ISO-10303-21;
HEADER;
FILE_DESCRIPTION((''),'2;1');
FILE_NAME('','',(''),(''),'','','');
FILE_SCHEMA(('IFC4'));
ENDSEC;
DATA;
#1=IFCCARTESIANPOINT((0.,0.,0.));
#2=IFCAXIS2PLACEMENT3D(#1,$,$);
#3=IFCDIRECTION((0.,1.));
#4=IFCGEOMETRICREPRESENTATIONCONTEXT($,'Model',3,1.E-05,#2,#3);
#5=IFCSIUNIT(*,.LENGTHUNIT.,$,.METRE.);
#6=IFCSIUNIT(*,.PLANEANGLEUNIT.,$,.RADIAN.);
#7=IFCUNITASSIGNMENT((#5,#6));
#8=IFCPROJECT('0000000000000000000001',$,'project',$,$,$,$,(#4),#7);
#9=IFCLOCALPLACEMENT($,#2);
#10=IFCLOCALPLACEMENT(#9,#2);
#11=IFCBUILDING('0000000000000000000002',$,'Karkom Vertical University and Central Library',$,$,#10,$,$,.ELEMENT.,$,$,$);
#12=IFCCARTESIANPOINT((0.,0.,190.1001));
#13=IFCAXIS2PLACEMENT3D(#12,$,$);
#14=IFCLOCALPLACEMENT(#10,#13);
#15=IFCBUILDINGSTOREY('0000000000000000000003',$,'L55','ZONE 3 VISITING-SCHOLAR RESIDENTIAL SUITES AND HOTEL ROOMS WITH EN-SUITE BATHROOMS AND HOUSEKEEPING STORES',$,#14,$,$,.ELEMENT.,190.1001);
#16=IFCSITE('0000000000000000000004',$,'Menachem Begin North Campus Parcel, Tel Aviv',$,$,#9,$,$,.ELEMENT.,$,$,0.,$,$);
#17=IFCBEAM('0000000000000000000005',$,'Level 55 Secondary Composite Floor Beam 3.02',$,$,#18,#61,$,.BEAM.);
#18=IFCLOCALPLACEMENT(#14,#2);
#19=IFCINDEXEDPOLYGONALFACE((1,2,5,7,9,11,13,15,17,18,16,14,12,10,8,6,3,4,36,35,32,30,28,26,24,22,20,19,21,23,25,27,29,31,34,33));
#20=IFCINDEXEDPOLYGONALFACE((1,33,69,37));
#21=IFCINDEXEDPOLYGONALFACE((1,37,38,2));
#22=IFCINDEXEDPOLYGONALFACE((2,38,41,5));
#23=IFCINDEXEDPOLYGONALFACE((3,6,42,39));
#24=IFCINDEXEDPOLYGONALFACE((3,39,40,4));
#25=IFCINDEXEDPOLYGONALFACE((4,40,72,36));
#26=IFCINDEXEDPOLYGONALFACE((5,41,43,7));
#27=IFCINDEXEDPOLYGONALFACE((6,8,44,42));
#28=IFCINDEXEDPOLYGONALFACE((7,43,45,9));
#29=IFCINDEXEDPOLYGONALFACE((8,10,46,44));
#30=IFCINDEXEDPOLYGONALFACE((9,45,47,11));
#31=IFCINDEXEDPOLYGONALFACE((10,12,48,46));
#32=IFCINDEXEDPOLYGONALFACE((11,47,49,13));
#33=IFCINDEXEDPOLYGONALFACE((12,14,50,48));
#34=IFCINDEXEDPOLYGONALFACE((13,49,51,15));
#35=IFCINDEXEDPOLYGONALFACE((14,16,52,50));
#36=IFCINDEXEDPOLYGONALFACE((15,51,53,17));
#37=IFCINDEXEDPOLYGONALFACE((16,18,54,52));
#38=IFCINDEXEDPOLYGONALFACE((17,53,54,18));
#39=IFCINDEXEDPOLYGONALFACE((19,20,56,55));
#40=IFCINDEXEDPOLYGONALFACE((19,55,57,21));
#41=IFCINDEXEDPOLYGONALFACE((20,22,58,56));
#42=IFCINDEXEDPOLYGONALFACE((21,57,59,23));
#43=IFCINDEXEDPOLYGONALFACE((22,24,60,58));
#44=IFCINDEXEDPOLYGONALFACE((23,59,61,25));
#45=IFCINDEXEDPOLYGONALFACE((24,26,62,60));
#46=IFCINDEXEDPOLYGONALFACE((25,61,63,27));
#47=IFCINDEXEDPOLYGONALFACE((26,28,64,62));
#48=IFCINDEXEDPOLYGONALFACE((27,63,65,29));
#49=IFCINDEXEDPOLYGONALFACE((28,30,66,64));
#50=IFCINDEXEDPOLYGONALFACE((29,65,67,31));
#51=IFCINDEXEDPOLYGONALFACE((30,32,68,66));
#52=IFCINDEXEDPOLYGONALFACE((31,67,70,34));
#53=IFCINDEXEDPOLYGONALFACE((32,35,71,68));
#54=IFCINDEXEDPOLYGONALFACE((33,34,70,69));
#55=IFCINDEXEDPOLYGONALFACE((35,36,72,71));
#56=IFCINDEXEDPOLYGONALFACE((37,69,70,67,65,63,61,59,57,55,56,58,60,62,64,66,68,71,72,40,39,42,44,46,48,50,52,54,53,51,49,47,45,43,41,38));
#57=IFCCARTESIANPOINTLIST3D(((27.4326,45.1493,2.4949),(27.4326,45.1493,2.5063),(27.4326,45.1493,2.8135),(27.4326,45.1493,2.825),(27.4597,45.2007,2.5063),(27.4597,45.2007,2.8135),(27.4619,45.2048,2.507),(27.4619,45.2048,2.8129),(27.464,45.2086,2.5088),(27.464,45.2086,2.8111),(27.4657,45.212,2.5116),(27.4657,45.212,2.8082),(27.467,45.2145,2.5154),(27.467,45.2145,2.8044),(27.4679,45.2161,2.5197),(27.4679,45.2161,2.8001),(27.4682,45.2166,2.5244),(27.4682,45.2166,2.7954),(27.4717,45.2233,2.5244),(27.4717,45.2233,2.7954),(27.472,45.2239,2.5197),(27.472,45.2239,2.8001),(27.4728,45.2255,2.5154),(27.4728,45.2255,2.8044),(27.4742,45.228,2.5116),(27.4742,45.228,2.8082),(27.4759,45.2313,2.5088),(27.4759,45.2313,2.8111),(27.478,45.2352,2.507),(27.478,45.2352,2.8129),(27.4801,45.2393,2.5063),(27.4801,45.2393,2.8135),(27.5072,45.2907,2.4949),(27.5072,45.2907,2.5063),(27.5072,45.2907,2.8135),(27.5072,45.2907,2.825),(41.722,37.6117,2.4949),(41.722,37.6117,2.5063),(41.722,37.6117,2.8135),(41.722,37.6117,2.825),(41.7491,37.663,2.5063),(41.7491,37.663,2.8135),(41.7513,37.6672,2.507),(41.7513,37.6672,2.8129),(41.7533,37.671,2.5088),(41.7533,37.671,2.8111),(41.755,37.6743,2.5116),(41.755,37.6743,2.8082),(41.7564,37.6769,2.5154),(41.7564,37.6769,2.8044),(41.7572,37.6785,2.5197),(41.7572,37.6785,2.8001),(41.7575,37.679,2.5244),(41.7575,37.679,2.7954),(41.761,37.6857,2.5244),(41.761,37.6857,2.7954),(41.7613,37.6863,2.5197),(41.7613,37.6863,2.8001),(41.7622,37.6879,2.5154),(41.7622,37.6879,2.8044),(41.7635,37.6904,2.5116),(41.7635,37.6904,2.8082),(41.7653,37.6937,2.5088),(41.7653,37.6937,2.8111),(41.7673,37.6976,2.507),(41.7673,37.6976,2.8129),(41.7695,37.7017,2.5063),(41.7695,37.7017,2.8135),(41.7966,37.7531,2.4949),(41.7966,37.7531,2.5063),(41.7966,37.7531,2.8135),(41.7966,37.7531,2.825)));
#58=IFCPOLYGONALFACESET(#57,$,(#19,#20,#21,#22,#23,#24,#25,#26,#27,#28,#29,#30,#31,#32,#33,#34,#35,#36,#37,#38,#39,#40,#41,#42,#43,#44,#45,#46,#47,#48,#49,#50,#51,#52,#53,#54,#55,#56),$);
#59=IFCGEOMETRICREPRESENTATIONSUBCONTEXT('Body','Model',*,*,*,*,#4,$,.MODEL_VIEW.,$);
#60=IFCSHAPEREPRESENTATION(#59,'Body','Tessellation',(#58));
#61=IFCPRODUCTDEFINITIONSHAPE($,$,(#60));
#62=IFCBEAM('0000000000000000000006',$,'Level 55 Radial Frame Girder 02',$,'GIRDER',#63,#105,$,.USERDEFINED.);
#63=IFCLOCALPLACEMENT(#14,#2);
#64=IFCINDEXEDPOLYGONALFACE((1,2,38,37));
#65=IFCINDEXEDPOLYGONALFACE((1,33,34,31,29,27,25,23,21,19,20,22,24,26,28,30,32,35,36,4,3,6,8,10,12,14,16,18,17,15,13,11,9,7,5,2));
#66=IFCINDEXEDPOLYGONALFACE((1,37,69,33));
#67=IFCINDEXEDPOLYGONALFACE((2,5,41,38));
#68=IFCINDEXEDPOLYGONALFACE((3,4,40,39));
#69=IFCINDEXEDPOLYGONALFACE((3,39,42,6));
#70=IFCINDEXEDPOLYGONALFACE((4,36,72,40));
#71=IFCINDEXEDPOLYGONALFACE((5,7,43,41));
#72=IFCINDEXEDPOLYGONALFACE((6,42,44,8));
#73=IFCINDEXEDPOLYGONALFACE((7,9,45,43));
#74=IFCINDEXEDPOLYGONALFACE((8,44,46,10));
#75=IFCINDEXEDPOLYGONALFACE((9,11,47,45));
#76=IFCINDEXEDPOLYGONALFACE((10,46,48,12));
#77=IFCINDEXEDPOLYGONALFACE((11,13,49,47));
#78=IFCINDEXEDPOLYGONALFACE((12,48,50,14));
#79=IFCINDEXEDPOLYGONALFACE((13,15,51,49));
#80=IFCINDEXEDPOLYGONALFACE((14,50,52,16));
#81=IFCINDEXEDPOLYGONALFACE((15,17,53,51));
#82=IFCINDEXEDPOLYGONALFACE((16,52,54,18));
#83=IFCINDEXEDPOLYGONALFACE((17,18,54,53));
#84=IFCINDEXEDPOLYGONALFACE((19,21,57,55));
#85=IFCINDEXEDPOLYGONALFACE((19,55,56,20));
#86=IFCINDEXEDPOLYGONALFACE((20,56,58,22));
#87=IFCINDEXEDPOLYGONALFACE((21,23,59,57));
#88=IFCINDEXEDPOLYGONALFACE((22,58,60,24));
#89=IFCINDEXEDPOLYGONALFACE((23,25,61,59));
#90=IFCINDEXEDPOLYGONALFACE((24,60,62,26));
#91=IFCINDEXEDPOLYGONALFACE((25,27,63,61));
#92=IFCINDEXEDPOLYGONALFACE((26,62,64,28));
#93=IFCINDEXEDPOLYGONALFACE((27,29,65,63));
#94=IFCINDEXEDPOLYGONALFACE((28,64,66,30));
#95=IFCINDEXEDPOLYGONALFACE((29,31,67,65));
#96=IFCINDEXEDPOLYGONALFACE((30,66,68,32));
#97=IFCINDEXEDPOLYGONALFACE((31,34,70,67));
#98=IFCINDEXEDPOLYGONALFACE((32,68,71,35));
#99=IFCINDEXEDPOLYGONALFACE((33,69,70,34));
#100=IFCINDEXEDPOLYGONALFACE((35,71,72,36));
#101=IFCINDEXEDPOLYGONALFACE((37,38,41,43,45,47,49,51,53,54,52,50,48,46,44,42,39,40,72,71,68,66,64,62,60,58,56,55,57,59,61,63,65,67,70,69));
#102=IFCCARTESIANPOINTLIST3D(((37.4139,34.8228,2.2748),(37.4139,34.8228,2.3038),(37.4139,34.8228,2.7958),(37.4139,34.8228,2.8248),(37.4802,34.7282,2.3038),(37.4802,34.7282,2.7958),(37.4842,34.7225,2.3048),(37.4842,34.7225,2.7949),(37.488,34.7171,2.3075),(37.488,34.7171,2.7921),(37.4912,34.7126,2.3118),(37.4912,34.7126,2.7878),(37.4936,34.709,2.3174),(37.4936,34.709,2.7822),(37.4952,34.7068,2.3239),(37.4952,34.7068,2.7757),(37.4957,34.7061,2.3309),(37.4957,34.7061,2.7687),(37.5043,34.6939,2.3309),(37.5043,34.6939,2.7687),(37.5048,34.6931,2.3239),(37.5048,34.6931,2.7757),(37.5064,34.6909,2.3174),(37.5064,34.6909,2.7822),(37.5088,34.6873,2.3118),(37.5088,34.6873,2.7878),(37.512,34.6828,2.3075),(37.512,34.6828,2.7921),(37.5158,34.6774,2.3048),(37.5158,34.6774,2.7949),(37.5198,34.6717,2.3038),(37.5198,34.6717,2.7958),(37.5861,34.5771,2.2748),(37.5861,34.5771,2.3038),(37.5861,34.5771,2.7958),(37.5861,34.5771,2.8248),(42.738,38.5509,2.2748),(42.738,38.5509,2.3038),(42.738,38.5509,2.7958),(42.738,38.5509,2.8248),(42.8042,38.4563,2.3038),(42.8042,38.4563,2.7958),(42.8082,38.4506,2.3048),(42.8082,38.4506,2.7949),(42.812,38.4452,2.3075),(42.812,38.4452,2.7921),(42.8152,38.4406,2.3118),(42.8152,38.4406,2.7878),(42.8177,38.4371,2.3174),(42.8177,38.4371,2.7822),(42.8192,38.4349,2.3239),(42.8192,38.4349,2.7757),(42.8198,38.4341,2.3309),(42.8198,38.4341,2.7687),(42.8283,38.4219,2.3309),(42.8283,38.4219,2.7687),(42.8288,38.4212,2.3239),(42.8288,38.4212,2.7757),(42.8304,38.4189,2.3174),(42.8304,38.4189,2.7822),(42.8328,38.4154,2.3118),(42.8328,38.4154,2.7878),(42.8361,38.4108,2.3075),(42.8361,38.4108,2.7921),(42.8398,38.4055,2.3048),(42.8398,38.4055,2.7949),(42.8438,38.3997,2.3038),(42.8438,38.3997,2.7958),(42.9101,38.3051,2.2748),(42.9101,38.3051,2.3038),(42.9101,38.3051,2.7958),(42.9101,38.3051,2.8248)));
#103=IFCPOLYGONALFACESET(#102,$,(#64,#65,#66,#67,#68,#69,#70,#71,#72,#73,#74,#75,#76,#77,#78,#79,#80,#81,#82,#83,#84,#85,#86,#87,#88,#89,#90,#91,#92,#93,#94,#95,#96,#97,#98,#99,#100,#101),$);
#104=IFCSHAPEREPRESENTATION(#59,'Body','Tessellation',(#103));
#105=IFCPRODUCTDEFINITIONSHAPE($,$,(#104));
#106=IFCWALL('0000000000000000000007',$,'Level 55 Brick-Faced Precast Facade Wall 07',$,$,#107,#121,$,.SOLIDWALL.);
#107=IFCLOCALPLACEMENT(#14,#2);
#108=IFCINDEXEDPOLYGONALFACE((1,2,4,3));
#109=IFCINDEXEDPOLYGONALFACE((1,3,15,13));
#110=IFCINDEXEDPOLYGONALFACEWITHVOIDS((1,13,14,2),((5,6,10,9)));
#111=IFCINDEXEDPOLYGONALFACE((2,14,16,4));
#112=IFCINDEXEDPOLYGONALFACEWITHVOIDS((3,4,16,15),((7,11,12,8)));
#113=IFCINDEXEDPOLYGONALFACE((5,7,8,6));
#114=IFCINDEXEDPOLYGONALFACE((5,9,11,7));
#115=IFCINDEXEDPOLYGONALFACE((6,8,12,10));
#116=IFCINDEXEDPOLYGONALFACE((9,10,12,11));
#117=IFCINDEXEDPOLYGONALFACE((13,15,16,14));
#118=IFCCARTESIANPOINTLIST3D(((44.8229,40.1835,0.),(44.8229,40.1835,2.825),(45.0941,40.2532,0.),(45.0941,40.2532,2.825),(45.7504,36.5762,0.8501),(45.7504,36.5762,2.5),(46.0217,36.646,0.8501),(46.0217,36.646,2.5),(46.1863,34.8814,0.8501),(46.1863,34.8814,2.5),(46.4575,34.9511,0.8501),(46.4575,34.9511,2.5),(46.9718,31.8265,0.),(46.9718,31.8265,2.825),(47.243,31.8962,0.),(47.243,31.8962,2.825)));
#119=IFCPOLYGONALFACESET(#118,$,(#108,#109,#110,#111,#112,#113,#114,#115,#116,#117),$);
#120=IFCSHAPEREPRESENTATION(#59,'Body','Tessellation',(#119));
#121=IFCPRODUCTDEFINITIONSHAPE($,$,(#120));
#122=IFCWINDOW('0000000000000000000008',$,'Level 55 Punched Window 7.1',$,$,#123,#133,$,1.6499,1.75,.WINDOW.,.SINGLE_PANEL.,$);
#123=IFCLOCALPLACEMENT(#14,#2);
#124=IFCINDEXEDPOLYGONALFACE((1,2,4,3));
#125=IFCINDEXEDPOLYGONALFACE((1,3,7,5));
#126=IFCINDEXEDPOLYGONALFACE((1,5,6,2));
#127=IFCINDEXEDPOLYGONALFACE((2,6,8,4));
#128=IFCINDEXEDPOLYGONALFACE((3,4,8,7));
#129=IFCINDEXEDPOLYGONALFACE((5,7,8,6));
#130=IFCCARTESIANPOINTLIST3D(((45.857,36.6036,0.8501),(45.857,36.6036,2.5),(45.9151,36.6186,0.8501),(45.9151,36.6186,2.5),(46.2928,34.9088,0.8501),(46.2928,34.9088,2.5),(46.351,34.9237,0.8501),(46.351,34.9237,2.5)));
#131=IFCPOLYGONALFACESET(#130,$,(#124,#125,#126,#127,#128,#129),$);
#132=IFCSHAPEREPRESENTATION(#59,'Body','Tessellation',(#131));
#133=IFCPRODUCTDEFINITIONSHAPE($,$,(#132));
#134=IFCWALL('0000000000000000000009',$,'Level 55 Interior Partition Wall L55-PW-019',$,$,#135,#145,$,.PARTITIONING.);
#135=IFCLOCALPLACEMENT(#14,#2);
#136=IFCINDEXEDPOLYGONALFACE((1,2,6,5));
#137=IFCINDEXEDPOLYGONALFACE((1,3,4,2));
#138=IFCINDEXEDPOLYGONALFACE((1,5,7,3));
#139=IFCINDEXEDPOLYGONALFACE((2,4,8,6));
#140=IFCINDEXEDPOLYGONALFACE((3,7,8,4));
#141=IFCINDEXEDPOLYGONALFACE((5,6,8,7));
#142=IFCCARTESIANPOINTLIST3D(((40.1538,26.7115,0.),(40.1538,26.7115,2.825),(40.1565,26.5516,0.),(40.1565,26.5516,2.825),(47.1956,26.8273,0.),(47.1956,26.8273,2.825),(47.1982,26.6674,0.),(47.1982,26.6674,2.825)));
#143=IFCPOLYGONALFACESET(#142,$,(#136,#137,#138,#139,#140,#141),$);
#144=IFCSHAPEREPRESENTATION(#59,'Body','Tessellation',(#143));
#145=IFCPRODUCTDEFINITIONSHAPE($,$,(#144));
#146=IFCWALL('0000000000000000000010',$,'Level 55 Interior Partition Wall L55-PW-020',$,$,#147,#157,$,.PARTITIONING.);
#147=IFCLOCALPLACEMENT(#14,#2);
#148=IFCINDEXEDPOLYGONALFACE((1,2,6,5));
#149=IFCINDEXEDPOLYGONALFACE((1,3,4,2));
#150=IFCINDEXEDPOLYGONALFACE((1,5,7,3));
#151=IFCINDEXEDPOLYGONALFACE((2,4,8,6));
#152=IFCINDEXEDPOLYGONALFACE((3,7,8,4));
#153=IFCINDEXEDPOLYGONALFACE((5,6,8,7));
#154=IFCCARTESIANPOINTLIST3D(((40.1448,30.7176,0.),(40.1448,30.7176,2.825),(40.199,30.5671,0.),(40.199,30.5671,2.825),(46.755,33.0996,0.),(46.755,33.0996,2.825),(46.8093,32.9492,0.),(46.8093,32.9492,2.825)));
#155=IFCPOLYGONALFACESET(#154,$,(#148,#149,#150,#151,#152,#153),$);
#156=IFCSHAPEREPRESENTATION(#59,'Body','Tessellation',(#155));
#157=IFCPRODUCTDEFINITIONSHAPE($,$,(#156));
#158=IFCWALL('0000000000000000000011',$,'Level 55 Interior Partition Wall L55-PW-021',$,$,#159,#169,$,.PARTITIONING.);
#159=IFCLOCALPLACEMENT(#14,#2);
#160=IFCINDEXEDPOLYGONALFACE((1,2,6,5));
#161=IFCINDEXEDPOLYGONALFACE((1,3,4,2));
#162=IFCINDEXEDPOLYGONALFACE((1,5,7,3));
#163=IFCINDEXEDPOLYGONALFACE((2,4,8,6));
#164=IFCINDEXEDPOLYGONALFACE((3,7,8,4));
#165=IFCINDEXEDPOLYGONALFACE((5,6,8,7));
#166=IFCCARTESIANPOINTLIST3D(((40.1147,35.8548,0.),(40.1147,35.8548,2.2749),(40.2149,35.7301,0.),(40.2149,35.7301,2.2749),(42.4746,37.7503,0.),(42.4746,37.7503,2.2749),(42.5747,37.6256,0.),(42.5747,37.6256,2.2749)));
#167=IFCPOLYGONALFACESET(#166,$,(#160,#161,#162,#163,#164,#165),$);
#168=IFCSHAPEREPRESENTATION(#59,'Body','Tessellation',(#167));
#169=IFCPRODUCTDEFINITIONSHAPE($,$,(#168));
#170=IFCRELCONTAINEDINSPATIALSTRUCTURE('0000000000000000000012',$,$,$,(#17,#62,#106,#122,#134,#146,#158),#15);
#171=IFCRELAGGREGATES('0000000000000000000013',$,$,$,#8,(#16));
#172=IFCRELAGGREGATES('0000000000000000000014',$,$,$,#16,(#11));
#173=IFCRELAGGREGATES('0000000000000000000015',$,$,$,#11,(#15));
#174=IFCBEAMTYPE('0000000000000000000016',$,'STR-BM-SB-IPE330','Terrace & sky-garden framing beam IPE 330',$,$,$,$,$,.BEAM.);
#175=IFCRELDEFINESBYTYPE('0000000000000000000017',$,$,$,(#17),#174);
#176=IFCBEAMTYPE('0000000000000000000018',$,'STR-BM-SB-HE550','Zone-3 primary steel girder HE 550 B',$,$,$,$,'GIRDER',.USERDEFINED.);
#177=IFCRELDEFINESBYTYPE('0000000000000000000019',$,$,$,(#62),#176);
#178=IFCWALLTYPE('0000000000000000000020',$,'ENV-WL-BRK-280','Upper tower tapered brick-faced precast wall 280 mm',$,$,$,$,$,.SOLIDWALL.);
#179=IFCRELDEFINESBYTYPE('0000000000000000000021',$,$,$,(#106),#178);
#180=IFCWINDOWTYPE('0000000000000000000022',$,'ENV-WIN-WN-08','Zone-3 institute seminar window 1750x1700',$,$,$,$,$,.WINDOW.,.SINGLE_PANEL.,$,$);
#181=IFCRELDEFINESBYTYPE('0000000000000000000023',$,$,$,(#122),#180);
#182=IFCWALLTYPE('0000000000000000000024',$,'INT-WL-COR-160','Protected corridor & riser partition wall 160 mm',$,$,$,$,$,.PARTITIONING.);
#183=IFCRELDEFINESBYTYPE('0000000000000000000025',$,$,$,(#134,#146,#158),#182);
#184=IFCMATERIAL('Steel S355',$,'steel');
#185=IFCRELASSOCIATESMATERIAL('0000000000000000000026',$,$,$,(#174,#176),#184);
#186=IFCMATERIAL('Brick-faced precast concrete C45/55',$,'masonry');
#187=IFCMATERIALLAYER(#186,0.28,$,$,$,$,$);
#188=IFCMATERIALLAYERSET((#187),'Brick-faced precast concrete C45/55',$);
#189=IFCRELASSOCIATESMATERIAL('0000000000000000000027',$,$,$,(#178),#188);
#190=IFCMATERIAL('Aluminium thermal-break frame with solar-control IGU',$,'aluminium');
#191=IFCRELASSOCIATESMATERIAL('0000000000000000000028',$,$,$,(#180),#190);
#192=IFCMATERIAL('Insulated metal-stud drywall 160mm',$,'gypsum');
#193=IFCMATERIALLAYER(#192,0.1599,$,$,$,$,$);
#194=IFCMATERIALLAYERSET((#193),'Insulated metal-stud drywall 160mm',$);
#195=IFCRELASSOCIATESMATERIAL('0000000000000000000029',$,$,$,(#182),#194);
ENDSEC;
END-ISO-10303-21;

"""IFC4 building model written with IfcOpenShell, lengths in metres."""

from ifc_helpers import new_model, si_unit, direction, frame, frame_2d, origin, origin_with_axes, origin_2d, place, context, subcontext, project, spatial, rectangle, i_section, extrude, source, transform, mapped, material, layer, layer_set, material_profile, profile_set, type_object, element, fill, save


model = new_model("IFC4")

# Units and contexts
model_context = context("Model", 3, precision=1e-05, world=origin(), true_north=direction((0.0, 1.0)))
body_context = subcontext(model_context, "Body", "Model", "MODEL_VIEW")
ifc_project = project(units=[si_unit("LENGTHUNIT", "METRE"), si_unit("PLANEANGLEUNIT", "RADIAN")], contexts=[model_context])

# Site, building, storey
site_placement = place(None, origin())
site = spatial("IfcSite", under=ifc_project, at=site_placement, Name="Menachem Begin North Campus Parcel, Tel Aviv", CompositionType="ELEMENT", RefElevation=0.0)
building_placement = place(site_placement, origin())
building = spatial("IfcBuilding", under=site, at=building_placement, Name="Karkom Vertical University and Central Library", CompositionType="ELEMENT")
storey_placement = place(building_placement, frame((0.0, 0.0, 190.1001)))
storey = spatial("IfcBuildingStorey", under=building, at=storey_placement, Name="L55", Description="ZONE 3 VISITING-SCHOLAR RESIDENTIAL SUITES AND HOTEL ROOMS WITH EN-SUITE BATHROOMS AND HOUSEKEEPING STORES", CompositionType="ELEMENT", Elevation=190.1001)

# Beams
ifc_material_1 = material(Name="Steel S355", Category="steel")
ifc_material_profile_1 = material_profile(ifc_material_1, i_section(OverallWidth=0.1599, OverallDepth=0.3301, WebThickness=0.0076, FlangeThickness=0.0115, FilletRadius=0.0181, at=origin_2d()), Name="IPE 330")
ifc_profile_set_1 = profile_set([ifc_material_profile_1], Name="Steel S355")
beam_type_1 = type_object("IfcBeamType", Name="STR-BM-SB-IPE330", Description="Terrace & sky-garden framing beam IPE 330", PredefinedType="BEAM", material=ifc_profile_set_1)
shared_shape_1 = source(origin_with_axes(), body_context, "Body", "SweptSolid", [
    extrude(i_section(OverallWidth=0.1599, OverallDepth=0.3301, WebThickness=0.0076, FlangeThickness=0.0115, FilletRadius=0.0181, at=origin_2d()), origin(), (0.0, 0.0, 1.0), 16.1555),
])
beam_1_placement = place(storey_placement, frame((41.7593, 37.6824, 2.6599), z_axis=(-0.884486, 0.466566, 0.0), x_axis=(-0.466566, -0.884486, 0.0)))
element("IfcBeam", 1, at=beam_1_placement, inside=storey, type_object=beam_type_1, Name="Level 55 Secondary Composite Floor Beam 3.02", PredefinedType="BEAM", context=body_context, shape_type="MappedRepresentation", body=[
    mapped(shared_shape_1, transform((0.0, 0.0, 0.0), scale=1.0)),
])
ifc_material_profile_2 = material_profile(ifc_material_1, i_section(OverallWidth=0.3, OverallDepth=0.55, WebThickness=0.0149, FlangeThickness=0.0291, FilletRadius=0.0271, at=origin_2d()), Name="HE 550 B")
ifc_profile_set_2 = profile_set([ifc_material_profile_2], Name="Steel S355")
beam_type_2 = type_object("IfcBeamType", Name="STR-BM-SB-HE550", Description="Zone-3 primary steel girder HE 550 B", ElementType="GIRDER", PredefinedType="USERDEFINED", material=ifc_profile_set_2)
shared_shape_2 = source(origin_with_axes(), body_context, "Body", "SweptSolid", [
    extrude(i_section(OverallWidth=0.3, OverallDepth=0.55, WebThickness=0.0149, FlangeThickness=0.0291, FilletRadius=0.0271, at=origin_2d()), origin(), (0.0, 0.0, 1.0), 6.4995),
])
beam_2_placement = place(storey_placement, frame((37.5, 34.7, 2.5498), z_axis=(0.819142, 0.573591, 0.0), x_axis=(-0.573591, 0.819142, 0.0)))
element("IfcBeam", 2, at=beam_2_placement, inside=storey, type_object=beam_type_2, Name="Level 55 Radial Frame Girder 02", ObjectType="GIRDER", PredefinedType="USERDEFINED", context=body_context, shape_type="MappedRepresentation", body=[
    mapped(shared_shape_2, transform((0.0, 0.0, 0.0), scale=1.0)),
])

# Wall, opening, window
ifc_material_2 = material(Name="Brick-faced precast concrete C45/55", Category="masonry")
ifc_layer_1 = layer(ifc_material_2, 0.28)
ifc_layer_set_1 = layer_set([ifc_layer_1], Name="Brick-faced precast concrete C45/55")
wall_type_1 = type_object("IfcWallType", Name="ENV-WL-BRK-280", Description="Upper tower tapered brick-faced precast wall 280 mm", PredefinedType="SOLIDWALL", material=ifc_layer_set_1)
wall_1_placement = place(storey_placement, frame((47.1074, 31.8613, 0.0), z_axis=(0.0, 0.0, 1.0), x_axis=(-0.249041, 0.968493, 0.0)))
wall_1 = element("IfcWall", 3, at=wall_1_placement, inside=storey, type_object=wall_type_1, Name="Level 55 Brick-Faced Precast Facade Wall 07", PredefinedType="SOLIDWALL", context=body_context, shape_type="SweptSolid", body=[
    extrude(rectangle(XDim=8.6289, YDim=0.28, at=frame_2d((4.3145, 0.0))), origin(), (0.0, 0.0, 1.0), 2.825),
])
opening_1_placement = place(wall_1_placement, frame((3.1543, 0.0, 0.8501)))
opening_1 = element("IfcOpeningElement", 4, at=opening_1_placement, cuts=wall_1, PredefinedType="OPENING", context=body_context, shape_type="SweptSolid", body=[
    extrude(rectangle(XDim=1.75, YDim=1.6499, at=frame_2d((0.875, 0.825))), frame((0.0, 0.1499, 0.0), z_axis=(0.0, -1.0, 0.0), x_axis=(1.0, 0.0, 0.0)), (0.0, 0.0, 1.0), 0.3),
])
ifc_material_3 = material(Name="Aluminium thermal-break frame with solar-control IGU", Category="aluminium")
window_type = type_object("IfcWindowType", Name="ENV-WIN-WN-08", Description="Zone-3 institute seminar window 1750x1700", PartitioningType="SINGLE_PANEL", PredefinedType="WINDOW", material=ifc_material_3)
shared_shape_3 = source(origin_with_axes(), body_context, "Body", "SweptSolid", [
    extrude(rectangle(XDim=1.75, YDim=1.6499, at=frame_2d((0.875, 0.825))), frame((0.0, 0.03, 0.0), z_axis=(0.0, -1.0, 0.0), x_axis=(1.0, 0.0, 0.0)), (0.0, 0.0, 1.0), 0.0601),
])
window_placement = place(opening_1_placement, origin())
window = element("IfcWindow", 5, at=window_placement, inside=storey, type_object=window_type, Name="Level 55 Punched Window 7.1", OverallHeight=1.6499, OverallWidth=1.75, PartitioningType="SINGLE_PANEL", PredefinedType="WINDOW", context=body_context, shape_type="MappedRepresentation", body=[
    mapped(shared_shape_3, transform((0.0, 0.0, 0.0), scale=1.0)),
])
fill(opening_1, window)

# Shared definitions
ifc_material_4 = material(Name="Insulated metal-stud drywall 160mm", Category="gypsum")
ifc_layer_2 = layer(ifc_material_4, 0.1599)
ifc_layer_set_2 = layer_set([ifc_layer_2], Name="Insulated metal-stud drywall 160mm")
wall_type_2 = type_object("IfcWallType", Name="INT-WL-COR-160", Description="Protected corridor & riser partition wall 160 mm", PredefinedType="PARTITIONING", material=ifc_layer_set_2)

# Walls
wall_2_placement = place(storey_placement, frame((40.155, 26.6316, 0.0), z_axis=(0.0, 0.0, 1.0), x_axis=(0.999865, 0.016432, 0.0)))
element("IfcWall", 6, at=wall_2_placement, inside=storey, type_object=wall_type_2, Name="Level 55 Interior Partition Wall L55-PW-019", PredefinedType="PARTITIONING", context=body_context, shape_type="SweptSolid", body=[
    extrude(rectangle(XDim=7.0427, YDim=0.1599, at=frame_2d((3.5215, 0.0))), origin(), (0.0, 0.0, 1.0), 2.825),
])
wall_3_placement = place(storey_placement, frame((40.1719, 30.6423, 0.0), z_axis=(0.0, 0.0, 1.0), x_axis=(0.940781, 0.339016, 0.0)))
element("IfcWall", 7, at=wall_3_placement, inside=storey, type_object=wall_type_2, Name="Level 55 Interior Partition Wall L55-PW-020", PredefinedType="PARTITIONING", context=body_context, shape_type="SweptSolid", body=[
    extrude(rectangle(XDim=7.0264, YDim=0.1599, at=frame_2d((3.5132, 0.0))), origin(), (0.0, 0.0, 1.0), 2.825),
])
wall_4_placement = place(storey_placement, frame((40.1648, 35.7925, 0.0), z_axis=(0.0, 0.0, 1.0), x_axis=(0.77964, 0.626228, 0.0)))
element("IfcWall", 8, at=wall_4_placement, inside=storey, type_object=wall_type_2, Name="Level 55 Interior Partition Wall L55-PW-021", PredefinedType="PARTITIONING", context=body_context, shape_type="SweptSolid", body=[
    extrude(rectangle(XDim=3.0269, YDim=0.1599, at=frame_2d((1.5134, 0.0))), origin(), (0.0, 0.0, 1.0), 2.2749),
])

save(model, "model.ifc")
